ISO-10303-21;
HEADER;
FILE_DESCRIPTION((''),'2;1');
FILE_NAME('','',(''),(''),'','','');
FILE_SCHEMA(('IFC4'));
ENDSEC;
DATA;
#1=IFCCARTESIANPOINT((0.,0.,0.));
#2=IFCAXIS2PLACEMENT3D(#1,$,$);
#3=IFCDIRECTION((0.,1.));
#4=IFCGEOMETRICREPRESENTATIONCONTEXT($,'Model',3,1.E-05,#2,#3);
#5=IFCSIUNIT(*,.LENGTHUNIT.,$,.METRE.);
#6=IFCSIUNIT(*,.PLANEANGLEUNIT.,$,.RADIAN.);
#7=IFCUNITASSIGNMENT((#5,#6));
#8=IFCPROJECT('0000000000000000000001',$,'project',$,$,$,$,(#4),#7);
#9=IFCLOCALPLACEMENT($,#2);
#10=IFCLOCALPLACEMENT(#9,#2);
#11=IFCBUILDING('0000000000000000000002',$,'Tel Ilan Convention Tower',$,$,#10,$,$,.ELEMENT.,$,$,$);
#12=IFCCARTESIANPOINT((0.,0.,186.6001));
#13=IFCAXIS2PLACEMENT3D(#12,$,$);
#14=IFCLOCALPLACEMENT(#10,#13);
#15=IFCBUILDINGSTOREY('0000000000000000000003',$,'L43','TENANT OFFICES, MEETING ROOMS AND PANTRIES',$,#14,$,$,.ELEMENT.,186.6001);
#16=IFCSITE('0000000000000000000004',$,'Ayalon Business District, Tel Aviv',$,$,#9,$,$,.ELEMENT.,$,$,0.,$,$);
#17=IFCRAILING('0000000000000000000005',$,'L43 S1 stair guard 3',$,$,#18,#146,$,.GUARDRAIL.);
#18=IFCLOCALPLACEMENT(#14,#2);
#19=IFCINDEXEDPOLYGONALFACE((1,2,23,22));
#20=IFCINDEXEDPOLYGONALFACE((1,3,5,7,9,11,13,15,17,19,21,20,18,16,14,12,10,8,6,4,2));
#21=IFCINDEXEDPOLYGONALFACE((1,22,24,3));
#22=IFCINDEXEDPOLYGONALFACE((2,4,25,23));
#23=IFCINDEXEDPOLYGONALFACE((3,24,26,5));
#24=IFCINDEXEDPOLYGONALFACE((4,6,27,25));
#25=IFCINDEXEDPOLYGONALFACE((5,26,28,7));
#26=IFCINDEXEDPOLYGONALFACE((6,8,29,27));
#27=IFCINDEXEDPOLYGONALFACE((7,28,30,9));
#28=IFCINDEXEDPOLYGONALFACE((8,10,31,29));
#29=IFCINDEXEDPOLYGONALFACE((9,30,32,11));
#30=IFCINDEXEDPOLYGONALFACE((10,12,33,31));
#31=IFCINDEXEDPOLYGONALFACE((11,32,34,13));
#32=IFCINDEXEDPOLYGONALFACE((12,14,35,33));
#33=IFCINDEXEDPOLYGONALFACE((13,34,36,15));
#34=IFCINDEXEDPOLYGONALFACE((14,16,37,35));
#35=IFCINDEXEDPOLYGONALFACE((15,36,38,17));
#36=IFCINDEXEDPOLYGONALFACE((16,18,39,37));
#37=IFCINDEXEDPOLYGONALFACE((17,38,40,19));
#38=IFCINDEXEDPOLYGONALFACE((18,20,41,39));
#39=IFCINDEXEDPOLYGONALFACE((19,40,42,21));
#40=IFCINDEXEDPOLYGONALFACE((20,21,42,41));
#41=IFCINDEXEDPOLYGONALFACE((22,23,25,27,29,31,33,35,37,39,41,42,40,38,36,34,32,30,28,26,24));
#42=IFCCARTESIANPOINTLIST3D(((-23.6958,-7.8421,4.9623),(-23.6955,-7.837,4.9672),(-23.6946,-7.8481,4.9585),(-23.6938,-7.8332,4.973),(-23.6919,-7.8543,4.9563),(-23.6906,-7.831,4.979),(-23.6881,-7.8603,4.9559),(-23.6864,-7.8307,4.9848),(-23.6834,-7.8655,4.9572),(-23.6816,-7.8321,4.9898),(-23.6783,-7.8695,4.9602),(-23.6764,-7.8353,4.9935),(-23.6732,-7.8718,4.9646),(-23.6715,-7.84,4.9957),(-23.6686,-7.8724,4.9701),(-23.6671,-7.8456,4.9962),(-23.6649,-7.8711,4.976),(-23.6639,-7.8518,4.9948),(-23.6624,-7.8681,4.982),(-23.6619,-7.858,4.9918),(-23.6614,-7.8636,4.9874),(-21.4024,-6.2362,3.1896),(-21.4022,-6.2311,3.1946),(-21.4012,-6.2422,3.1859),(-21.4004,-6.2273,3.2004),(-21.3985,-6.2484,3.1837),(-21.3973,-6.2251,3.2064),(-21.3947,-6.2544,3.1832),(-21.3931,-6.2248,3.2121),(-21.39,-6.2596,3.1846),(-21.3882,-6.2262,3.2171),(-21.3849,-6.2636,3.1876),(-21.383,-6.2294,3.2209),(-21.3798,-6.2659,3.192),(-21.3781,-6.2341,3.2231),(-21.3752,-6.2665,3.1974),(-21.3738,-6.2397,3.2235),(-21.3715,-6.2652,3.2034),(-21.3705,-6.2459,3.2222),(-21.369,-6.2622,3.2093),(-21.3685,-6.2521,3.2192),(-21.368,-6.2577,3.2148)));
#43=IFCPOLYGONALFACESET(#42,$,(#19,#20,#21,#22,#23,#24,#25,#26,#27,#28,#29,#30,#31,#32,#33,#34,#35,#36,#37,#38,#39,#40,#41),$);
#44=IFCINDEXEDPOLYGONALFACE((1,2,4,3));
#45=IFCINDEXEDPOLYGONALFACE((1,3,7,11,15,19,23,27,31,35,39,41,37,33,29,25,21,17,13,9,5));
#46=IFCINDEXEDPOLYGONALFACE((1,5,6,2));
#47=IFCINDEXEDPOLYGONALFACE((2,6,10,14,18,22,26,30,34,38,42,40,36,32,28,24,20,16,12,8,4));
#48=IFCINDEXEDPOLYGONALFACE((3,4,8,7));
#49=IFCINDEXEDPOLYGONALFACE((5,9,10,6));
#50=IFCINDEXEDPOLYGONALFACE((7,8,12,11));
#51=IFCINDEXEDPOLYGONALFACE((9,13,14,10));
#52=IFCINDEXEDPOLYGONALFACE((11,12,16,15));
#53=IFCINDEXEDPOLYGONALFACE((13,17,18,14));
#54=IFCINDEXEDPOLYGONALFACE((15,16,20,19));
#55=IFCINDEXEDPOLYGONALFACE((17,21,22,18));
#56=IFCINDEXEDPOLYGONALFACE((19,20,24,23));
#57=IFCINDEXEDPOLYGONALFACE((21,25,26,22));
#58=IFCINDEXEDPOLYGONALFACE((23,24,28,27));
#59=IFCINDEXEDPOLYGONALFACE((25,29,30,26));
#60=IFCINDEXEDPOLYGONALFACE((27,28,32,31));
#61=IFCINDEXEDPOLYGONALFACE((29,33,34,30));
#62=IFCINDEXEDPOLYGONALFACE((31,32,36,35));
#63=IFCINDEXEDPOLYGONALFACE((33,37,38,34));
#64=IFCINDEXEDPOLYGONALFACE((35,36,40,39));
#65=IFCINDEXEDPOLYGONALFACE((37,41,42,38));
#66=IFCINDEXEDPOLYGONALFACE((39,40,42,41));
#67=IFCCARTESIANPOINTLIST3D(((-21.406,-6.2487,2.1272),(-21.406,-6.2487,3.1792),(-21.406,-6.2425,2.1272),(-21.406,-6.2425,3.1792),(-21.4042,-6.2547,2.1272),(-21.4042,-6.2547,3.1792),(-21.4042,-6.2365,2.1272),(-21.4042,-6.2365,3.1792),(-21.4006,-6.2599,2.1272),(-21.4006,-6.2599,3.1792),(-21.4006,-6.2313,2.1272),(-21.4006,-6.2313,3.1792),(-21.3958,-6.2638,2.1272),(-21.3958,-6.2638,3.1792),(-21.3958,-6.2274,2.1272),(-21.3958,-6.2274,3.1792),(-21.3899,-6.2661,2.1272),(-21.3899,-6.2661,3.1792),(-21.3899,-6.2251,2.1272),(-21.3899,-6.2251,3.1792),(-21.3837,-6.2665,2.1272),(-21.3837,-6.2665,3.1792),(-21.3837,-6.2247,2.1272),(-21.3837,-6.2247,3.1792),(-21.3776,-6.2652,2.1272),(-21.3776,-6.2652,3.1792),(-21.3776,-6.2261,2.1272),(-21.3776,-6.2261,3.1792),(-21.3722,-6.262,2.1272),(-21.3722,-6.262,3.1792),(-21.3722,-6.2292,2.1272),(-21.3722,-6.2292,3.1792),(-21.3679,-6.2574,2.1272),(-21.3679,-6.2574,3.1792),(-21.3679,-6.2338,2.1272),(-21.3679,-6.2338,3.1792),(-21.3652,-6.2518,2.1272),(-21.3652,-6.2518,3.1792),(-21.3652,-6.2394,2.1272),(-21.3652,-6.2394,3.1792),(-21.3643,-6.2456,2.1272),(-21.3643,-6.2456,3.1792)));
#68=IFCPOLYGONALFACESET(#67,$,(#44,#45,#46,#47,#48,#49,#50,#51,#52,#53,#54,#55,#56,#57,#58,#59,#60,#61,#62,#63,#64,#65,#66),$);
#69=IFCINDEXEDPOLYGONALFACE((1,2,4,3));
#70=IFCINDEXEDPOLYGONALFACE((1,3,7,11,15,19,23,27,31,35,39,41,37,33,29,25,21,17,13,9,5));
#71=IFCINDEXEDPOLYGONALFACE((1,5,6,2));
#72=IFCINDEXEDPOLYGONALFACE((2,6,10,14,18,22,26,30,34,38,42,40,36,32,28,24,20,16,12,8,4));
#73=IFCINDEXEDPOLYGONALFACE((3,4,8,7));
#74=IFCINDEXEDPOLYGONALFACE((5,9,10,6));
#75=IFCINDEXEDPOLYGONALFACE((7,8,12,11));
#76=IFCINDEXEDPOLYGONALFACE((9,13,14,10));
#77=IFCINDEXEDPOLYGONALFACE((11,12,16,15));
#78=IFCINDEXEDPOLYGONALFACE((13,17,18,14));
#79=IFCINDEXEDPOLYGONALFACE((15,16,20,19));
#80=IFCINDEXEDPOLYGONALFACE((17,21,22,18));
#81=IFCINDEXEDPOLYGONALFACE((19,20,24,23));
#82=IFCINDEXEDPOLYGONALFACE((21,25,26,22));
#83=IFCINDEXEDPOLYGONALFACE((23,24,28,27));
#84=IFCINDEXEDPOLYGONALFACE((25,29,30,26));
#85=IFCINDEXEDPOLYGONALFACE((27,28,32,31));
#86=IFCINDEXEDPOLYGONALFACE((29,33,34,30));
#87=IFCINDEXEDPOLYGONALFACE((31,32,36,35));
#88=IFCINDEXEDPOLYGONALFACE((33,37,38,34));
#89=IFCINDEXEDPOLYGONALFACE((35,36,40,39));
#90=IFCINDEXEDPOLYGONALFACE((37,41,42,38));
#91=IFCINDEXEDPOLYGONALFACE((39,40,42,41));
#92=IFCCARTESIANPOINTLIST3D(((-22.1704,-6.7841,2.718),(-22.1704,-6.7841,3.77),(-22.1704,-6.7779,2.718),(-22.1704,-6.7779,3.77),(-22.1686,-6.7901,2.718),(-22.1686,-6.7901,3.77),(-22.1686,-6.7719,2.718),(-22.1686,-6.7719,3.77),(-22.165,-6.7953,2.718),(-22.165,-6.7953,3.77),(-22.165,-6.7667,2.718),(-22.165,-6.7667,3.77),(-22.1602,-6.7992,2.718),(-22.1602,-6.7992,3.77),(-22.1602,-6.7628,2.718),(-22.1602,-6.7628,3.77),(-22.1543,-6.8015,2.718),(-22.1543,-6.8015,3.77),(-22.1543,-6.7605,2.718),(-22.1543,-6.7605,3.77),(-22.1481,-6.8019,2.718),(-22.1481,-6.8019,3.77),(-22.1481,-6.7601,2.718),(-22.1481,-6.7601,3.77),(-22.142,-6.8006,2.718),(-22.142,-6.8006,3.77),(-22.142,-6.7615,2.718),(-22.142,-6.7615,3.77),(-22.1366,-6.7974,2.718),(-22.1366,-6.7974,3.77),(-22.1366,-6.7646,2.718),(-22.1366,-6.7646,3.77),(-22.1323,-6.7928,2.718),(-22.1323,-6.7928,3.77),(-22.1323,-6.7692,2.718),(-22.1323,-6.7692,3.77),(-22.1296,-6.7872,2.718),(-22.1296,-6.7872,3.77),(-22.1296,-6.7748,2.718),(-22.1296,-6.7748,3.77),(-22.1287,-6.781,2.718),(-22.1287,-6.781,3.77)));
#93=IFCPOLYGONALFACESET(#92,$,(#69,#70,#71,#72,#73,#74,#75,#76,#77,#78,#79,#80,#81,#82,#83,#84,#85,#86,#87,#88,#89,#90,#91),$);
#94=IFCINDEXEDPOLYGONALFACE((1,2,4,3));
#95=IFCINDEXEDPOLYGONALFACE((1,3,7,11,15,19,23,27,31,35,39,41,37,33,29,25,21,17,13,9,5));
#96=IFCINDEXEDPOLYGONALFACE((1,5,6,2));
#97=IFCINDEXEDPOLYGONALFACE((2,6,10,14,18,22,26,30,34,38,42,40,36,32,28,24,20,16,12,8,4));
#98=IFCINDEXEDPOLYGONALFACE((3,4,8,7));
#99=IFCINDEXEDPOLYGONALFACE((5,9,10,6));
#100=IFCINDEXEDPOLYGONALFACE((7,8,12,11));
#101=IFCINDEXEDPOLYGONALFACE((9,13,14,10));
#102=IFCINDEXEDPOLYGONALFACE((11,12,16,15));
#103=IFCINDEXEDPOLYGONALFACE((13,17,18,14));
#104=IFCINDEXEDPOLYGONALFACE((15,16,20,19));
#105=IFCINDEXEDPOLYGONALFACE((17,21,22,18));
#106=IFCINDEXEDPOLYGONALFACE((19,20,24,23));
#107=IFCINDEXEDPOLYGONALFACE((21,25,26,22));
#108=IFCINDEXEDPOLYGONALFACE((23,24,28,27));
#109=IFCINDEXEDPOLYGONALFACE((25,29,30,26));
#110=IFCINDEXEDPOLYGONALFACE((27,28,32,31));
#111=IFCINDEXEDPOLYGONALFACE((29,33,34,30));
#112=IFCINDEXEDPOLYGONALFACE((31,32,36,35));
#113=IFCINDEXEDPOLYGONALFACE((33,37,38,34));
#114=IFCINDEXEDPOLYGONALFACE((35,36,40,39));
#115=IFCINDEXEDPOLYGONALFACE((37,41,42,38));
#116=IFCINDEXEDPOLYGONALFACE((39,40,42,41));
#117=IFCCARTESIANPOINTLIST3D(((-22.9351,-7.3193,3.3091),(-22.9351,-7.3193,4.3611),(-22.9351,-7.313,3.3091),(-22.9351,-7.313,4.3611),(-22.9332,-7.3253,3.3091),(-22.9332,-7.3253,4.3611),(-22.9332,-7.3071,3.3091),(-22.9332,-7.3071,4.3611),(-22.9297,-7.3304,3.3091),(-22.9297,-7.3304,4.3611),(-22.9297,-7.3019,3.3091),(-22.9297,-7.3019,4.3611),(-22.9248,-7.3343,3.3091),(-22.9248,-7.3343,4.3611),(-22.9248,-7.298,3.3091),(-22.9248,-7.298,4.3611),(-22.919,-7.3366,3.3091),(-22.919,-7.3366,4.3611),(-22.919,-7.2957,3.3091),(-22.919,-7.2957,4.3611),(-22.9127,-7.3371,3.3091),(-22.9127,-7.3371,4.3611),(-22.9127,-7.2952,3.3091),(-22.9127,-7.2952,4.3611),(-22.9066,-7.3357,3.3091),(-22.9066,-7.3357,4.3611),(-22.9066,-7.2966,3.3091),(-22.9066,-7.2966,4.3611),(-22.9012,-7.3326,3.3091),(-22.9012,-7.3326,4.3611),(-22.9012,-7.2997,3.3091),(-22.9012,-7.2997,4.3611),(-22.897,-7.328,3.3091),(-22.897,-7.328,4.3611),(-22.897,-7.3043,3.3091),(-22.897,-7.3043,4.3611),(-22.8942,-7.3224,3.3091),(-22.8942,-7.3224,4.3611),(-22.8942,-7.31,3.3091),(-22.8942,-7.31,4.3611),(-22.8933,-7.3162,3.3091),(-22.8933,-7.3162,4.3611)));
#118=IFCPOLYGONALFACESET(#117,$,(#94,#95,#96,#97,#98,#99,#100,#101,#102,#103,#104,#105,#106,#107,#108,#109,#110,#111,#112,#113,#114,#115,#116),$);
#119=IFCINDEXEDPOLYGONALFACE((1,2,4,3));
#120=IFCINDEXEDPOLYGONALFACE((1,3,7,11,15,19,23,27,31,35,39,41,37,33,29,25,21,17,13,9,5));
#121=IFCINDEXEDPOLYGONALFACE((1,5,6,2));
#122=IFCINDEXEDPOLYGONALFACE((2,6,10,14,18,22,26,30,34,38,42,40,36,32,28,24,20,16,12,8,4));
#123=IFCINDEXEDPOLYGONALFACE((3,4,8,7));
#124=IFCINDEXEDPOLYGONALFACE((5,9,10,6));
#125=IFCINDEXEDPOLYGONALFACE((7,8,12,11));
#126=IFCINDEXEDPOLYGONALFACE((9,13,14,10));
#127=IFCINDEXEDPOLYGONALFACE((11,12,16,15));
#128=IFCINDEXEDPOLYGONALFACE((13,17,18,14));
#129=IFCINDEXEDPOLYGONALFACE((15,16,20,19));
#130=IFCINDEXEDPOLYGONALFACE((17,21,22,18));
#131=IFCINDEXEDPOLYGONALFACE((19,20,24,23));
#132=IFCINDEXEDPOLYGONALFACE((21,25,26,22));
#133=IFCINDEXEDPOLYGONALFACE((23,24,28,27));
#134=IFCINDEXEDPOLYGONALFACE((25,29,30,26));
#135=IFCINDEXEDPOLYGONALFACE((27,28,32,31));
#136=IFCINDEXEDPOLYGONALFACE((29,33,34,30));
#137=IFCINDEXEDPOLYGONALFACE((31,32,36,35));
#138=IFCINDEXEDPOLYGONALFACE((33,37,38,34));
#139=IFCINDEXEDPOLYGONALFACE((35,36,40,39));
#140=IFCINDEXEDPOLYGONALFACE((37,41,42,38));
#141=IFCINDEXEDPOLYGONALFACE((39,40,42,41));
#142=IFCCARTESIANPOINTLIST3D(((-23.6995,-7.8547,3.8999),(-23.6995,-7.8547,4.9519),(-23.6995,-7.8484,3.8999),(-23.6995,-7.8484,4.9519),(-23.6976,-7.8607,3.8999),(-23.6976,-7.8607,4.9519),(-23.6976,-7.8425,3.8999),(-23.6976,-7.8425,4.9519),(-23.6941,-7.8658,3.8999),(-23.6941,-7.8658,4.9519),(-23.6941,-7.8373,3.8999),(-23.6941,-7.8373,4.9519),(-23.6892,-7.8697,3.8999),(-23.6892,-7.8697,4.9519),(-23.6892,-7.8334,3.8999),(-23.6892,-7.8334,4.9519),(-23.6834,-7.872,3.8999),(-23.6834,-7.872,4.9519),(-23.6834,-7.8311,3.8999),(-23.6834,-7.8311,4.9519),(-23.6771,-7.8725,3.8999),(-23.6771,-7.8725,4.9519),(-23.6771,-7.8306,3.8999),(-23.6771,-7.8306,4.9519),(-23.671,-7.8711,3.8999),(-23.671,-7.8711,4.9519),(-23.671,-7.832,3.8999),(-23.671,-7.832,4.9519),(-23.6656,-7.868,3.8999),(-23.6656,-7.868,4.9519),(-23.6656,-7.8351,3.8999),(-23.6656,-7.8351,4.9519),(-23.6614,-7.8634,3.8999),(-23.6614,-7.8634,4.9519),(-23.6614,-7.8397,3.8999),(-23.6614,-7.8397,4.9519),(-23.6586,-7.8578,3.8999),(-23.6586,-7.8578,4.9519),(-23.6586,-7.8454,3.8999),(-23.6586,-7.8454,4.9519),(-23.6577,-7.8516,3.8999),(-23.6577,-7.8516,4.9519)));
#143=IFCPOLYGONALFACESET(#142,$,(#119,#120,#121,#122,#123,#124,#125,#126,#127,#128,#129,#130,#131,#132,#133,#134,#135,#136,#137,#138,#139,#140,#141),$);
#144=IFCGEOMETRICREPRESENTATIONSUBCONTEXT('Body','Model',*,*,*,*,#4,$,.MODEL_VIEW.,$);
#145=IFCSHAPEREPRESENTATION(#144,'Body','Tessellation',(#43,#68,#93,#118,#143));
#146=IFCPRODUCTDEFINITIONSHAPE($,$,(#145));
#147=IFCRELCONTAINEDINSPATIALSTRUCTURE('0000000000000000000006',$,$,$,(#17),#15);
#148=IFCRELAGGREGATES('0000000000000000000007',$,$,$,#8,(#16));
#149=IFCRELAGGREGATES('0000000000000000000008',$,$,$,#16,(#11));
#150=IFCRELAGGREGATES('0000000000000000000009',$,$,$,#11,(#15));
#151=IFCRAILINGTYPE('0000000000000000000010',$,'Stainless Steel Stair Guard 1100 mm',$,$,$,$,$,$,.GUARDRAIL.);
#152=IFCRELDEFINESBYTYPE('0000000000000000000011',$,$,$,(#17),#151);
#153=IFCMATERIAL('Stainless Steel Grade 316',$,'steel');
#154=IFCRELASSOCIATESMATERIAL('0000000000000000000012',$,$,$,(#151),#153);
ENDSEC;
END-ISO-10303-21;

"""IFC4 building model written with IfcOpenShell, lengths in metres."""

from ifc_helpers import new_model, si_unit, direction, frame, origin, origin_2d, place, context, subcontext, project, spatial, circle, extrude, material, type_object, element, save


model = new_model("IFC4")

# Units and contexts
model_context = context("Model", 3, precision=1e-05, world=origin(), true_north=direction((0.0, 1.0)))
body_context = subcontext(model_context, "Body", "Model", "MODEL_VIEW")
ifc_project = project(units=[si_unit("LENGTHUNIT", "METRE"), si_unit("PLANEANGLEUNIT", "RADIAN")], contexts=[model_context])

# Site, building, storey
site_placement = place(None, origin())
site = spatial("IfcSite", under=ifc_project, at=site_placement, Name="Ayalon Business District, Tel Aviv", CompositionType="ELEMENT", RefElevation=0.0)
building_placement = place(site_placement, origin())
building = spatial("IfcBuilding", under=site, at=building_placement, Name="Tel Ilan Convention Tower", CompositionType="ELEMENT")
storey_placement = place(building_placement, frame((0.0, 0.0, 186.6001)))
storey = spatial("IfcBuildingStorey", under=building, at=storey_placement, Name="L43", Description="TENANT OFFICES, MEETING ROOMS AND PANTRIES", CompositionType="ELEMENT", Elevation=186.6001)

# Railing
ifc_material_1 = material(Name="Stainless Steel Grade 316", Category="steel")
railing_type_1 = type_object("IfcRailingType", Name="Stainless Steel Stair Guard 1100 mm", PredefinedType="GUARDRAIL", material=ifc_material_1)
railing_1_placement = place(storey_placement, frame((-21.3853, -6.2456, 2.1272)))
element("IfcRailing", 1, at=railing_1_placement, inside=storey, type_object=railing_type_1, Name="L43 S1 stair guard 3", PredefinedType="GUARDRAIL", context=body_context, shape_type="SweptSolid", body=[
    extrude(circle(Radius=0.0239, at=origin_2d()), frame((0.0, 0.0, 1.0762), z_axis=(-0.692085, -0.484621, 0.53494), x_axis=(0.573591, -0.819142, 0.0)), (0.0, 0.0, 1.0), 3.3137),
    extrude(circle(Radius=0.021, at=origin_2d()), origin(), (0.0, 0.0, 1.0), 1.052),
    extrude(circle(Radius=0.021, at=origin_2d()), frame((-0.7644, -0.5354, 0.5908)), (0.0, 0.0, 1.0), 1.052),
    extrude(circle(Radius=0.021, at=origin_2d()), frame((-1.5291, -1.0706, 1.1819)), (0.0, 0.0, 1.0), 1.052),
    extrude(circle(Radius=0.021, at=origin_2d()), frame((-2.2935, -1.606, 1.7727)), (0.0, 0.0, 1.0), 1.052),
])

save(model, "model.ifc")
